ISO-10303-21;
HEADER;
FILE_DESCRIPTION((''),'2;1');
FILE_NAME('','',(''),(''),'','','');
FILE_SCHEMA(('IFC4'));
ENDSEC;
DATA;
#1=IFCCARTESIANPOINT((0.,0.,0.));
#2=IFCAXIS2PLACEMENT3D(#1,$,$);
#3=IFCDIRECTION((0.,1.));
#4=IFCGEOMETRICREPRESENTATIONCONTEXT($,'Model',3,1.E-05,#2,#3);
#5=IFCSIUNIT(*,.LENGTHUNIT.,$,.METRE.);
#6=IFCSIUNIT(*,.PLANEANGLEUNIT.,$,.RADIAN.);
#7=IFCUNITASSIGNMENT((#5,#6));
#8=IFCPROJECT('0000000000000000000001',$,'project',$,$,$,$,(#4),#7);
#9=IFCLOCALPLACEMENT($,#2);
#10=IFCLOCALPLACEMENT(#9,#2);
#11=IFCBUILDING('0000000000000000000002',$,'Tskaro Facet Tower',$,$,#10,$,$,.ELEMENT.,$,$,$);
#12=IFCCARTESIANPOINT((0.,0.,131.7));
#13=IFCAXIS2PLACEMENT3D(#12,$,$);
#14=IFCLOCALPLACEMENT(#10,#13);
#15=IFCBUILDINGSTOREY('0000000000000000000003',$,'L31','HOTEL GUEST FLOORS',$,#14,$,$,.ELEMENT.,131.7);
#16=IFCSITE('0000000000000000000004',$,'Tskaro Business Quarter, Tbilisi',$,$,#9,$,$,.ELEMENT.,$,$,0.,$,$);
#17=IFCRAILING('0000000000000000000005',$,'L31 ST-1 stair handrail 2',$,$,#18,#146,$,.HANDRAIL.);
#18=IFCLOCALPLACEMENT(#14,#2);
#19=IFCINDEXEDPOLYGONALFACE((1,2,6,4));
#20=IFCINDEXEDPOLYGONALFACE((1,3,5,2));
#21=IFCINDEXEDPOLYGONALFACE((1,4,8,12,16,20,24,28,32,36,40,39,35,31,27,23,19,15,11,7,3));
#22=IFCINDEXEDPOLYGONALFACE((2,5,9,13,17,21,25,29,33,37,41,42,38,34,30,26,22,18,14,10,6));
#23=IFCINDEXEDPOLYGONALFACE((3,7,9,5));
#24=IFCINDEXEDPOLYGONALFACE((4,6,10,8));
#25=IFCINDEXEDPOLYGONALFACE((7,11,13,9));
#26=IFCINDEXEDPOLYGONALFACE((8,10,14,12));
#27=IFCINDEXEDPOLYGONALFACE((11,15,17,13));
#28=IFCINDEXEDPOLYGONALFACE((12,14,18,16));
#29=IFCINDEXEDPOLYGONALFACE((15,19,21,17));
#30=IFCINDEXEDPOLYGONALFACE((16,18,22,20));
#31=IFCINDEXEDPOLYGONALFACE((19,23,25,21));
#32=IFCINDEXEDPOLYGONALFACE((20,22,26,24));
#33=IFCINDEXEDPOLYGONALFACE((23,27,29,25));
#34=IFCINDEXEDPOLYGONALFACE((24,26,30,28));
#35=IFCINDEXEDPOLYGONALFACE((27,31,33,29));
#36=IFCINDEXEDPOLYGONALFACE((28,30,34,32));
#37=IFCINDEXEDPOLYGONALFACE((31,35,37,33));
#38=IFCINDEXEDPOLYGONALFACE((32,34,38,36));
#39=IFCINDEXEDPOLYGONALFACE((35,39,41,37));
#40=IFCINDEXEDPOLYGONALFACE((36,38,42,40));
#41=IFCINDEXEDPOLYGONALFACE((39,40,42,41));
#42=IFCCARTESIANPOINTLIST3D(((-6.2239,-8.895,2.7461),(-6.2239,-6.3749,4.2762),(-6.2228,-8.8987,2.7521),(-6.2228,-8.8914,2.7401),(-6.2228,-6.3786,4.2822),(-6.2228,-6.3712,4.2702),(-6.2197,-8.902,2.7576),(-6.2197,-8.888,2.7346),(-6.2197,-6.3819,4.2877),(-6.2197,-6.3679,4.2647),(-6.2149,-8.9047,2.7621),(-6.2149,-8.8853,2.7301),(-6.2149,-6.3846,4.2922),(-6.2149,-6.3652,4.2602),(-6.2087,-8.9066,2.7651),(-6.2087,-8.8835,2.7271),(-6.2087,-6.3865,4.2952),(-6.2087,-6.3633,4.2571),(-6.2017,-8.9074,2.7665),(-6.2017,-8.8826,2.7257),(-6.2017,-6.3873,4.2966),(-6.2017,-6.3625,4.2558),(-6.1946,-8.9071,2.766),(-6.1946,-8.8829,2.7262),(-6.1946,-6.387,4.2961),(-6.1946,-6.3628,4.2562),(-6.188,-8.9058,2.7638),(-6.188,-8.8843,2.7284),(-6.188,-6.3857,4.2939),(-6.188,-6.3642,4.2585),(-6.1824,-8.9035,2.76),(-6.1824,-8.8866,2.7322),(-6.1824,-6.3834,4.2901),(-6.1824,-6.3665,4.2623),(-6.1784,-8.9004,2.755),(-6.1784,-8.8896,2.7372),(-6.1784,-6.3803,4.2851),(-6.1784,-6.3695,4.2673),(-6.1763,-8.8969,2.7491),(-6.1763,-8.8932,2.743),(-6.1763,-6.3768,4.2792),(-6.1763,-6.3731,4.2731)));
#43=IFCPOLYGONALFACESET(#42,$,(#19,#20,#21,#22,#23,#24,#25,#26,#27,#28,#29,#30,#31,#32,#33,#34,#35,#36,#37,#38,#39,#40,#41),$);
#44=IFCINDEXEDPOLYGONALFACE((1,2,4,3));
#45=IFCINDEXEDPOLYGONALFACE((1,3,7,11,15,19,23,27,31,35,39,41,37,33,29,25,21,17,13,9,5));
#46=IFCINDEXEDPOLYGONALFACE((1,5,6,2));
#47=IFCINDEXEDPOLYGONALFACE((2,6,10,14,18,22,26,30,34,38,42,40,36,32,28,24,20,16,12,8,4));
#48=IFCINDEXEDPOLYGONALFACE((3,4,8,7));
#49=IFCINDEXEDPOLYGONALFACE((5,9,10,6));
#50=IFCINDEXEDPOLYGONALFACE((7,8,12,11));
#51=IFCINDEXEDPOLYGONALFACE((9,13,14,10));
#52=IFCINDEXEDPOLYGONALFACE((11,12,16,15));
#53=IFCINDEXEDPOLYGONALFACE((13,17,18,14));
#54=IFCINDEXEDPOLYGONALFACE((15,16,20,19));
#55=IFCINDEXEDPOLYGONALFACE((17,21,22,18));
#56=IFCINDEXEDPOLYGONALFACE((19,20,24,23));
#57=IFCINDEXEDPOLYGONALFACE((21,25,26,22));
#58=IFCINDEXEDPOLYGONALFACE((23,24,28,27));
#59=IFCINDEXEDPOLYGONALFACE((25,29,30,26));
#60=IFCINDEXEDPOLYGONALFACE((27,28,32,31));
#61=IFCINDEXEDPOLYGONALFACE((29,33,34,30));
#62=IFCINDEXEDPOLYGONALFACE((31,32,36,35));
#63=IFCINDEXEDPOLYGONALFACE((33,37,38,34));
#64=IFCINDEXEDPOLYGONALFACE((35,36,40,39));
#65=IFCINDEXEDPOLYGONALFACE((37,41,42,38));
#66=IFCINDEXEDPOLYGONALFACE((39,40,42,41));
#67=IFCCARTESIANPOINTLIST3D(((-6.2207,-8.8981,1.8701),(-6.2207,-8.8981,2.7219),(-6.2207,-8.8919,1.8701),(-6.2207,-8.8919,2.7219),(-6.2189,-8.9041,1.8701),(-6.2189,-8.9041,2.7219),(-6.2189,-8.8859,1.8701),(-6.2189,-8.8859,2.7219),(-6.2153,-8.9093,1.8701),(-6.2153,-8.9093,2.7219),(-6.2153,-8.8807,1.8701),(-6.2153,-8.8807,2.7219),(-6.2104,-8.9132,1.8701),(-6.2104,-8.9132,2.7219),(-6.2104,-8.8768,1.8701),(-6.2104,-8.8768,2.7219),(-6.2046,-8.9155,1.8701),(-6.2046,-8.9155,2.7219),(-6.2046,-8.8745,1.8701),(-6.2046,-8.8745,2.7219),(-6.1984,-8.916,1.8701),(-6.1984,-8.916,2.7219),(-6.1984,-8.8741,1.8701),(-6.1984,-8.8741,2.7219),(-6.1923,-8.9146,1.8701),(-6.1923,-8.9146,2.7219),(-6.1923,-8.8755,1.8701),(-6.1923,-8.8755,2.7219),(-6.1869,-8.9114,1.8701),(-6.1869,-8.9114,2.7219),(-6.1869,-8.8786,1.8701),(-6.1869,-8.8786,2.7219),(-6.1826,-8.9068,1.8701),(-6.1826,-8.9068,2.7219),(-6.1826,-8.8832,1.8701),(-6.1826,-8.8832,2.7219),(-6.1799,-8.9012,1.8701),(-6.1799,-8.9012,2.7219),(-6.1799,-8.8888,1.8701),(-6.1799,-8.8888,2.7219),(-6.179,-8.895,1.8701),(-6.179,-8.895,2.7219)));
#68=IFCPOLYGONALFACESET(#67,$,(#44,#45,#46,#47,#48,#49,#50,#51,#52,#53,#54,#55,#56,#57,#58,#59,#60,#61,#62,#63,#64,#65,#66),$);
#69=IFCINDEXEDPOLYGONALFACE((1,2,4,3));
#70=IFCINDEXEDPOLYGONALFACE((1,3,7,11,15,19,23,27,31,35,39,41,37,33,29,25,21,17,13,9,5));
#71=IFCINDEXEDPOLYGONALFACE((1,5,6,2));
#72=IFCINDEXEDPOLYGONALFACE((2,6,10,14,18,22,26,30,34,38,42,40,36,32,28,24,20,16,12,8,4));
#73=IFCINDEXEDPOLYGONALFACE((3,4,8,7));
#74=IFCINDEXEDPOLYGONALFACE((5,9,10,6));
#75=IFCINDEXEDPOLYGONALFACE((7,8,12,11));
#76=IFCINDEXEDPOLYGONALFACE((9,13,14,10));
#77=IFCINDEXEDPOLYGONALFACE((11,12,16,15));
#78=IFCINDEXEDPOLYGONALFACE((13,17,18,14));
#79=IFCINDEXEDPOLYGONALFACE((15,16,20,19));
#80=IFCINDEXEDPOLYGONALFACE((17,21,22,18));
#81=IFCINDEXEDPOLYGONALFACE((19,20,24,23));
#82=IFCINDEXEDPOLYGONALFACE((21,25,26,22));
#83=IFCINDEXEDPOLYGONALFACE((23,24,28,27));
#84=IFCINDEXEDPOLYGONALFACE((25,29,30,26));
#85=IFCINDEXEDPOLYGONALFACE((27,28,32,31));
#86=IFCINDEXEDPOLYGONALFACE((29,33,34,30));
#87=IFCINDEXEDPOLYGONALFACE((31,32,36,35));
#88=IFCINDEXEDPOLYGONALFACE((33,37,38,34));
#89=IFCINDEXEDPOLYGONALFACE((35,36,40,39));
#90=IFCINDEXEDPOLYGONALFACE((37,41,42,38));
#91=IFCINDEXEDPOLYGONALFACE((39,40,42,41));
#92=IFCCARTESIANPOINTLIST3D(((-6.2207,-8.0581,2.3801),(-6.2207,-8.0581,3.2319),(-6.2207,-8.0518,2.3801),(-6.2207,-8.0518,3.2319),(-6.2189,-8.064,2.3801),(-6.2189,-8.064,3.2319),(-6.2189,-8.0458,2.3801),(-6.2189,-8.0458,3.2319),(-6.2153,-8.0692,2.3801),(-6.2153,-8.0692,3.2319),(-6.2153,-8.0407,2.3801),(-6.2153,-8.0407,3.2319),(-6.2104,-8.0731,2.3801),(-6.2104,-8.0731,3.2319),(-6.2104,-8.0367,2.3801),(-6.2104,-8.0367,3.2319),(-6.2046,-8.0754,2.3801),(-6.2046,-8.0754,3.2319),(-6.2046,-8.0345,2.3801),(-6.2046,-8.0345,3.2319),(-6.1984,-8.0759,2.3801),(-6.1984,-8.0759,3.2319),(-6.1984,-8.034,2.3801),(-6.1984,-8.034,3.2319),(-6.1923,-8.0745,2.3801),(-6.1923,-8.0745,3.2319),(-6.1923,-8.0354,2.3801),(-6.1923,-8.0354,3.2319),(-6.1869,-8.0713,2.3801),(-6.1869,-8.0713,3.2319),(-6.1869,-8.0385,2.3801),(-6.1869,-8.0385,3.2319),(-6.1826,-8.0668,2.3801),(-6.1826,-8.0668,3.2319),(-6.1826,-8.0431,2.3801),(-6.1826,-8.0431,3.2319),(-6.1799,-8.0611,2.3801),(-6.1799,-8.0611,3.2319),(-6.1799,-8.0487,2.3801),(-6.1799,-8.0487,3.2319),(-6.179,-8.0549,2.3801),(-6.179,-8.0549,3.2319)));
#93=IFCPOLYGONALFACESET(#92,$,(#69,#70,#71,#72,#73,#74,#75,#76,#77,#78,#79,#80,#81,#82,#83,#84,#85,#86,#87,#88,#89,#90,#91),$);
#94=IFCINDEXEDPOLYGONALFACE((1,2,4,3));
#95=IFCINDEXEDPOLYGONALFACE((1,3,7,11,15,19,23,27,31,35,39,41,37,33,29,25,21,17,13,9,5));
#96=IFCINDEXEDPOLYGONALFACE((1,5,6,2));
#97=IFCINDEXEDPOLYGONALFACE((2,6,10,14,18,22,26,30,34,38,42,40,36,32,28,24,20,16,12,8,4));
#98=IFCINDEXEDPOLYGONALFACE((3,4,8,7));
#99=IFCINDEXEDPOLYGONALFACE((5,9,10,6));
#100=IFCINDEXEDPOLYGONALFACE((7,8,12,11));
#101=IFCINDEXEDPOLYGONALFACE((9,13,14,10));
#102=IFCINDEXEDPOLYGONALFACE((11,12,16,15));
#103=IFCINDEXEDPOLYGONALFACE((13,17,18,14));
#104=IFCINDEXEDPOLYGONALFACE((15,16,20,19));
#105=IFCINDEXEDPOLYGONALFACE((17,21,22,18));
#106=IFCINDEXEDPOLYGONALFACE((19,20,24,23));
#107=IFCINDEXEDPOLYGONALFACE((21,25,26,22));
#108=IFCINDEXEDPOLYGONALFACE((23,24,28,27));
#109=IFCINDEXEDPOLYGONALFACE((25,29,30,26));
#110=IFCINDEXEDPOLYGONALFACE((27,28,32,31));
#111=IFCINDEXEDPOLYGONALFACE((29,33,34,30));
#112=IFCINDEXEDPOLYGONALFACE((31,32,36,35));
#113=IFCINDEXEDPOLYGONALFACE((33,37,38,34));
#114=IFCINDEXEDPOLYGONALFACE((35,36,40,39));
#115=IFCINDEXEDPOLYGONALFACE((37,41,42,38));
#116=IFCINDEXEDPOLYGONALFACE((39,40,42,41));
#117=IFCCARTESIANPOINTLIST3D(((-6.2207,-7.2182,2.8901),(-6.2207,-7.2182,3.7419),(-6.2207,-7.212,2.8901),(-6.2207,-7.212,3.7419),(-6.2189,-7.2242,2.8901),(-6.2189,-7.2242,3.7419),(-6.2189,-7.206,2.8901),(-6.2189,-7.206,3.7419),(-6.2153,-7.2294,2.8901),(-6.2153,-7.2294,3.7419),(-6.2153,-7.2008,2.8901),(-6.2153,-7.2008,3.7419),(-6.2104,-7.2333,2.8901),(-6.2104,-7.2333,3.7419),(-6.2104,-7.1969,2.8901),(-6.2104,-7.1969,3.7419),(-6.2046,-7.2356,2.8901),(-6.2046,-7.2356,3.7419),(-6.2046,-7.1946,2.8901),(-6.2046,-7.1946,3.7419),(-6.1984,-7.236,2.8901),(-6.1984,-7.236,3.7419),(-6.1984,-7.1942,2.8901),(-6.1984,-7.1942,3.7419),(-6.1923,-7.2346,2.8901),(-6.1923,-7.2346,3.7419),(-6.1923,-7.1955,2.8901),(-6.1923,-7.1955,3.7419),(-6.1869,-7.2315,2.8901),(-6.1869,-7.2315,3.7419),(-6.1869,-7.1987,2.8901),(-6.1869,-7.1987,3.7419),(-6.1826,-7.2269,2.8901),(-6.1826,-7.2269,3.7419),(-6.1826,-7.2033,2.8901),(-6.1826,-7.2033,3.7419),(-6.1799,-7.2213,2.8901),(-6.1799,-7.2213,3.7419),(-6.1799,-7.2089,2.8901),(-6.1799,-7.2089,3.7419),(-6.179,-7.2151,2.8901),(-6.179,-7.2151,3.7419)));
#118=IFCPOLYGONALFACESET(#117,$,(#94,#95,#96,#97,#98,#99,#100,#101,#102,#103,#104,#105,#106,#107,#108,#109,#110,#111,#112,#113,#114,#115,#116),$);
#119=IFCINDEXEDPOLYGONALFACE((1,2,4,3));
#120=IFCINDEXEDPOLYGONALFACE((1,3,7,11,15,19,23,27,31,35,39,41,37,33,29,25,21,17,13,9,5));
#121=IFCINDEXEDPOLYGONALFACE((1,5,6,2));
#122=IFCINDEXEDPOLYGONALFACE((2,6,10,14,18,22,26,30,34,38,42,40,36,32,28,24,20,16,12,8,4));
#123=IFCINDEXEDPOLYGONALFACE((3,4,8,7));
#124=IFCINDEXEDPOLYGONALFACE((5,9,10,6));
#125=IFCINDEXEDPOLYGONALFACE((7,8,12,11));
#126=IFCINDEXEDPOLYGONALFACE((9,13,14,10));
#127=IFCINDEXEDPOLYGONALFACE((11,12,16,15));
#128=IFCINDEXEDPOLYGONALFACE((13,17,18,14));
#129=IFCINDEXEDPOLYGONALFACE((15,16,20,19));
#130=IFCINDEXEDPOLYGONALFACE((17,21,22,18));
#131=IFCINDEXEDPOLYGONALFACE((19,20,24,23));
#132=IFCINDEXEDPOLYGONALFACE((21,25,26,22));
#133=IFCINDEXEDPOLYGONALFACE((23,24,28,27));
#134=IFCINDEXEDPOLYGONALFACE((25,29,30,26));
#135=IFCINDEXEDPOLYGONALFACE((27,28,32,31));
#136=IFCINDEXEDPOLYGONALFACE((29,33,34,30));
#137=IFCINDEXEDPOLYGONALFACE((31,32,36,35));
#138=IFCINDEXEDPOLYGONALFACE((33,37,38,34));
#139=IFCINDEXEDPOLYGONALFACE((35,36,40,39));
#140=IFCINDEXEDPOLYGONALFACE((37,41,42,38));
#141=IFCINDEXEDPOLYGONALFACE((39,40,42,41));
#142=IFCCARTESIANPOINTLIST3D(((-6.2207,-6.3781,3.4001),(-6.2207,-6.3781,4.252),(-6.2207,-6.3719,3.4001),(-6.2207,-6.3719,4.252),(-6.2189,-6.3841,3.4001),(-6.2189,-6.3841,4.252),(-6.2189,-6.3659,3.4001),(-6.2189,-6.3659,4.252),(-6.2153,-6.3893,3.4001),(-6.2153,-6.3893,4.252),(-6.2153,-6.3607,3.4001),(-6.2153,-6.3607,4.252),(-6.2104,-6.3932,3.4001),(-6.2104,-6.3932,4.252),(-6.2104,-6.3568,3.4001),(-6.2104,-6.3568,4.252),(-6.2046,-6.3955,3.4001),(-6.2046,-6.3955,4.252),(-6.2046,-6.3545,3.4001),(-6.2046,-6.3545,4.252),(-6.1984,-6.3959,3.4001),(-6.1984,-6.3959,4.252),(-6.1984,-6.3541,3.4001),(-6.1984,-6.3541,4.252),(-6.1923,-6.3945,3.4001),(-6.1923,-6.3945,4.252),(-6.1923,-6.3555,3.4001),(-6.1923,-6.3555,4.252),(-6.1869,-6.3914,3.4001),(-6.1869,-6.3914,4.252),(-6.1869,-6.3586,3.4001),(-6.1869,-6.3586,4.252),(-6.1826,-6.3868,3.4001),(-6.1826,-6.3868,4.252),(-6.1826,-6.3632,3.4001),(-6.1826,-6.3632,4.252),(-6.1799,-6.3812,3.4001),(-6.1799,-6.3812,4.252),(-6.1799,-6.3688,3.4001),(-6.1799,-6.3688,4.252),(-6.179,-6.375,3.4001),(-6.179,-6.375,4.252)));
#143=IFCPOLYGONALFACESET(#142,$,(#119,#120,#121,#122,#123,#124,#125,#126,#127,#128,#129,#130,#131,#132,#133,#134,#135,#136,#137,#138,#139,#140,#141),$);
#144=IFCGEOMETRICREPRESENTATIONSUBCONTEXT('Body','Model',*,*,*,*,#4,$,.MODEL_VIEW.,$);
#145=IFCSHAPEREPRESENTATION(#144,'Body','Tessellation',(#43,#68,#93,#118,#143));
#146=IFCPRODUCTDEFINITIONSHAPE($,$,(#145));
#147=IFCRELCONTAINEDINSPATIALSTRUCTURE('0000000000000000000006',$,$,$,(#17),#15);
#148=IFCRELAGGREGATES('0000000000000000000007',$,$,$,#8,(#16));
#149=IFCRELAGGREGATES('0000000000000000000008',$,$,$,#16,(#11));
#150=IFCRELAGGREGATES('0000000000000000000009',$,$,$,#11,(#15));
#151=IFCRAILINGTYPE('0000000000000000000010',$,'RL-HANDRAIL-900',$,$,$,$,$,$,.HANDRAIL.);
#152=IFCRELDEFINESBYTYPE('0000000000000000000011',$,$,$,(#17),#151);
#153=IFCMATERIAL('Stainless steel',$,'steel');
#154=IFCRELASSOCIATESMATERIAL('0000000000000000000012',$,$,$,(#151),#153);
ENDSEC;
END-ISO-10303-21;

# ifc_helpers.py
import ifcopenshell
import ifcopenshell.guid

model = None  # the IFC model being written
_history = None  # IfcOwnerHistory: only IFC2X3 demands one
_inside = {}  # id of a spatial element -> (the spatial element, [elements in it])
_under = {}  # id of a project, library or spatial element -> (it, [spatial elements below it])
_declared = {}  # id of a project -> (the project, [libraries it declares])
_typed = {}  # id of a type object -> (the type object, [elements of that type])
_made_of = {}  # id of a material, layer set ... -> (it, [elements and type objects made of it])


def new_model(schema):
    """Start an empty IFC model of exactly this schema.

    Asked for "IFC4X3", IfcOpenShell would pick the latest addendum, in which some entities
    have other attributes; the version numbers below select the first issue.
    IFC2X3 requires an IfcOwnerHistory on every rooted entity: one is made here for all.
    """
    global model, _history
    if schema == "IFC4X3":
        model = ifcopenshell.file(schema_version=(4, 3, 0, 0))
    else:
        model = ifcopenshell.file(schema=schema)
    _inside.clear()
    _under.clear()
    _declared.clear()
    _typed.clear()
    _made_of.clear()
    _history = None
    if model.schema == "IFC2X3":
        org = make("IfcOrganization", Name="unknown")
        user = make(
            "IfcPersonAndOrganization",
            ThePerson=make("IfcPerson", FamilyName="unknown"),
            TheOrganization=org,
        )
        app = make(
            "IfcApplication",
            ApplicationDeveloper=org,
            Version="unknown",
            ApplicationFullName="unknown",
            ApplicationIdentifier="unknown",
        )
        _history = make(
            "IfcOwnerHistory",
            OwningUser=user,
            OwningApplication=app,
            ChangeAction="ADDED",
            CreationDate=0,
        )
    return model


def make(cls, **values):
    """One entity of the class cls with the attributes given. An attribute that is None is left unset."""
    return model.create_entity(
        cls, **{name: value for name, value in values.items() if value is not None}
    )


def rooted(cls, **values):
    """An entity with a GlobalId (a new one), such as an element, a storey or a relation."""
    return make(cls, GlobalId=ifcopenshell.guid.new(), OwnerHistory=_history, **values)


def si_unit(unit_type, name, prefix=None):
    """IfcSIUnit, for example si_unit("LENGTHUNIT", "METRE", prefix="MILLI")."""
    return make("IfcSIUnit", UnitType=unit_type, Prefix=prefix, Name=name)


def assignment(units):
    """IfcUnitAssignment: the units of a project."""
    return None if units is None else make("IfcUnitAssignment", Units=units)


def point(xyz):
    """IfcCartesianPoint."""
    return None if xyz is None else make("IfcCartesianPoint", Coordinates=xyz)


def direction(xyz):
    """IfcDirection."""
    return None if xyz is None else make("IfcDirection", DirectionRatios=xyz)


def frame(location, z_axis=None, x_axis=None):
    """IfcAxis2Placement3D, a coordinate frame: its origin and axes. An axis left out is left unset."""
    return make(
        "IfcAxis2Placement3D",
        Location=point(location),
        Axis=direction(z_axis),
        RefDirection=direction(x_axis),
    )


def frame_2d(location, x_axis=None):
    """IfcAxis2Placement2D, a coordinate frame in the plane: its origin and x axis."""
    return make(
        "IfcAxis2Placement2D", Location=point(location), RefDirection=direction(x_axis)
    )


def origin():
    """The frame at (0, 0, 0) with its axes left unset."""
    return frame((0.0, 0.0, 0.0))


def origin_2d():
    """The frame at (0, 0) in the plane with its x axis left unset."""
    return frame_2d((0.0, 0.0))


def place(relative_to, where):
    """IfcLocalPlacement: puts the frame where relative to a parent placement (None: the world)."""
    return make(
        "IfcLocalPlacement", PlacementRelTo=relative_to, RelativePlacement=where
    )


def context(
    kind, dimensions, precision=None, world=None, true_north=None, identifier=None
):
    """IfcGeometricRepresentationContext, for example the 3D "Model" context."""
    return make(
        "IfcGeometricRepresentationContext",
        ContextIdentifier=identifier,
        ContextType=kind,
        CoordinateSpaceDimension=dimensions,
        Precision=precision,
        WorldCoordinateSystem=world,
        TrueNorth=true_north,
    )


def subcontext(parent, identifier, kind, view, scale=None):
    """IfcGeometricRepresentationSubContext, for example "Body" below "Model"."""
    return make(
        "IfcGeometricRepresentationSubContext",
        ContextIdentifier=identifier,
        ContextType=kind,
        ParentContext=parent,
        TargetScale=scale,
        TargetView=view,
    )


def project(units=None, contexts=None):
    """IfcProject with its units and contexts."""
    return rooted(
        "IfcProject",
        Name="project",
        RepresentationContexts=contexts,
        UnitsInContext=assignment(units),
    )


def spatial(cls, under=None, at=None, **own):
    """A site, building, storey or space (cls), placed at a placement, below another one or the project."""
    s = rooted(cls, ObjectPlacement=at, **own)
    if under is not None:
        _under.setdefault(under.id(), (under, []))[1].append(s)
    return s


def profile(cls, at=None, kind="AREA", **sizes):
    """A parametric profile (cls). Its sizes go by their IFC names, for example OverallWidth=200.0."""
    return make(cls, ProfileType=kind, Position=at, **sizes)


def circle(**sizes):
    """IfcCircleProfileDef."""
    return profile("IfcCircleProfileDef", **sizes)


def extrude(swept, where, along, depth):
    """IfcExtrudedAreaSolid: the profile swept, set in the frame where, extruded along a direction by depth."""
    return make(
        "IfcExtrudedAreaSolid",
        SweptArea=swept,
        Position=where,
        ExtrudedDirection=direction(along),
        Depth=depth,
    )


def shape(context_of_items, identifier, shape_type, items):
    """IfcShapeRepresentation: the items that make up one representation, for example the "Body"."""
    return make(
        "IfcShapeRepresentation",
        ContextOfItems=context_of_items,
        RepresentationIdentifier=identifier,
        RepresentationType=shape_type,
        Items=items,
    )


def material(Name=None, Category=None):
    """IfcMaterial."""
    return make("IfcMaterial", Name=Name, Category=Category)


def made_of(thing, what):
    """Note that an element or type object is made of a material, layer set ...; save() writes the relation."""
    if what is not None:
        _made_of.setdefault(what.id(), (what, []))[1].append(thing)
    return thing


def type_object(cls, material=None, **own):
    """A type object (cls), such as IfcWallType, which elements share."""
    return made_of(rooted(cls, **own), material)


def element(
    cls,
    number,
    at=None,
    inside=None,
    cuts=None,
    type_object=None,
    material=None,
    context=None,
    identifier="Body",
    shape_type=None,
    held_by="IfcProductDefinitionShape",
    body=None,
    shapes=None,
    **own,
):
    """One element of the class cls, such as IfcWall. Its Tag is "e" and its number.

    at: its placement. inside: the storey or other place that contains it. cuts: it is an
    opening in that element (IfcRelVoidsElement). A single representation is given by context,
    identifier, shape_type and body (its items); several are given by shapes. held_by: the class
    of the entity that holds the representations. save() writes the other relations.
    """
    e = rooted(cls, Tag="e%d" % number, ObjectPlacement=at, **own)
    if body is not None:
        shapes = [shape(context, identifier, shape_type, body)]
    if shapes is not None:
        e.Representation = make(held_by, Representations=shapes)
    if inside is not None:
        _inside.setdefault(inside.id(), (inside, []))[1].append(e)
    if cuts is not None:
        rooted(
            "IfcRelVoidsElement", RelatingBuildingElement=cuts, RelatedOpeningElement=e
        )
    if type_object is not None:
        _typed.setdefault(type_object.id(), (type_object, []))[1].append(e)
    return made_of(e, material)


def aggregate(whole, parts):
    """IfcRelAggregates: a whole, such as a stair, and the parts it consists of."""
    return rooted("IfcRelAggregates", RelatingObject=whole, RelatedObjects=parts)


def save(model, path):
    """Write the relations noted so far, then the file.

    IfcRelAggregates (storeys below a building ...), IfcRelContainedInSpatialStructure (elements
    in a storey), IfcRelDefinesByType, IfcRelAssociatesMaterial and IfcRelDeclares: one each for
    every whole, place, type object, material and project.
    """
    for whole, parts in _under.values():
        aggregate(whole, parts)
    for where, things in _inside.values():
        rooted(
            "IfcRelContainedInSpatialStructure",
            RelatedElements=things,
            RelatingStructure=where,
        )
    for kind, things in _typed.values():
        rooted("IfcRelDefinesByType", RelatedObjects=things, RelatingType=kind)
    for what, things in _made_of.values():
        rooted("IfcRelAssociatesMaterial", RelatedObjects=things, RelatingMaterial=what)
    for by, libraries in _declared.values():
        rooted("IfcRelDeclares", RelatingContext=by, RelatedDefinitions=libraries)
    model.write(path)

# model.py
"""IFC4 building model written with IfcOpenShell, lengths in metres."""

from ifc_helpers import new_model, si_unit, direction, frame, origin, origin_2d, place, context, subcontext, project, spatial, circle, extrude, material, type_object, element, save


model = new_model("IFC4")

# Units and contexts
model_context = context("Model", 3, precision=1e-05, world=origin(), true_north=direction((0.0, 1.0)))
body_context = subcontext(model_context, "Body", "Model", "MODEL_VIEW")
ifc_project = project(units=[si_unit("LENGTHUNIT", "METRE"), si_unit("PLANEANGLEUNIT", "RADIAN")], contexts=[model_context])

# Site, building, storey
site_placement = place(None, origin())
site = spatial("IfcSite", under=ifc_project, at=site_placement, Name="Tskaro Business Quarter, Tbilisi", CompositionType="ELEMENT", RefElevation=0.0)
building_placement = place(site_placement, origin())
building = spatial("IfcBuilding", under=site, at=building_placement, Name="Tskaro Facet Tower", CompositionType="ELEMENT")
storey_placement = place(building_placement, frame((0.0, 0.0, 131.7)))
storey = spatial("IfcBuildingStorey", under=building, at=storey_placement, Name="L31", Description="HOTEL GUEST FLOORS", CompositionType="ELEMENT", Elevation=131.7)

# Shared definitions
ifc_material_1 = material(Name="Stainless steel", Category="steel")

# Railing
railing_type_1 = type_object("IfcRailingType", Name="RL-HANDRAIL-900", PredefinedType="HANDRAIL", material=ifc_material_1)
railing_1_placement = place(storey_placement, frame((-6.2, -8.895, 1.8701)))
element("IfcRailing", 1, at=railing_1_placement, inside=storey, type_object=railing_type_1, Name="L31 ST-1 stair handrail 2", PredefinedType="HANDRAIL", context=body_context, shape_type="SweptSolid", body=[
    extrude(circle(Radius=0.0239, at=origin_2d()), frame((0.0, 0.0, 0.876), z_axis=(0.0, 0.854785, 0.518982), x_axis=(-1.0, 0.0, 0.0)), (0.0, 0.0, 1.0), 2.9482),
    extrude(circle(Radius=0.021, at=origin_2d()), origin(), (0.0, 0.0, 1.0), 0.8518),
    extrude(circle(Radius=0.021, at=origin_2d()), frame((0.0, 0.8401, 0.51)), (0.0, 0.0, 1.0), 0.8518),
    extrude(circle(Radius=0.021, at=origin_2d()), frame((0.0, 1.6799, 1.02)), (0.0, 0.0, 1.0), 0.8518),
    extrude(circle(Radius=0.021, at=origin_2d()), frame((0.0, 2.52, 1.53)), (0.0, 0.0, 1.0), 0.8518),
])

save(model, "model.ifc")
